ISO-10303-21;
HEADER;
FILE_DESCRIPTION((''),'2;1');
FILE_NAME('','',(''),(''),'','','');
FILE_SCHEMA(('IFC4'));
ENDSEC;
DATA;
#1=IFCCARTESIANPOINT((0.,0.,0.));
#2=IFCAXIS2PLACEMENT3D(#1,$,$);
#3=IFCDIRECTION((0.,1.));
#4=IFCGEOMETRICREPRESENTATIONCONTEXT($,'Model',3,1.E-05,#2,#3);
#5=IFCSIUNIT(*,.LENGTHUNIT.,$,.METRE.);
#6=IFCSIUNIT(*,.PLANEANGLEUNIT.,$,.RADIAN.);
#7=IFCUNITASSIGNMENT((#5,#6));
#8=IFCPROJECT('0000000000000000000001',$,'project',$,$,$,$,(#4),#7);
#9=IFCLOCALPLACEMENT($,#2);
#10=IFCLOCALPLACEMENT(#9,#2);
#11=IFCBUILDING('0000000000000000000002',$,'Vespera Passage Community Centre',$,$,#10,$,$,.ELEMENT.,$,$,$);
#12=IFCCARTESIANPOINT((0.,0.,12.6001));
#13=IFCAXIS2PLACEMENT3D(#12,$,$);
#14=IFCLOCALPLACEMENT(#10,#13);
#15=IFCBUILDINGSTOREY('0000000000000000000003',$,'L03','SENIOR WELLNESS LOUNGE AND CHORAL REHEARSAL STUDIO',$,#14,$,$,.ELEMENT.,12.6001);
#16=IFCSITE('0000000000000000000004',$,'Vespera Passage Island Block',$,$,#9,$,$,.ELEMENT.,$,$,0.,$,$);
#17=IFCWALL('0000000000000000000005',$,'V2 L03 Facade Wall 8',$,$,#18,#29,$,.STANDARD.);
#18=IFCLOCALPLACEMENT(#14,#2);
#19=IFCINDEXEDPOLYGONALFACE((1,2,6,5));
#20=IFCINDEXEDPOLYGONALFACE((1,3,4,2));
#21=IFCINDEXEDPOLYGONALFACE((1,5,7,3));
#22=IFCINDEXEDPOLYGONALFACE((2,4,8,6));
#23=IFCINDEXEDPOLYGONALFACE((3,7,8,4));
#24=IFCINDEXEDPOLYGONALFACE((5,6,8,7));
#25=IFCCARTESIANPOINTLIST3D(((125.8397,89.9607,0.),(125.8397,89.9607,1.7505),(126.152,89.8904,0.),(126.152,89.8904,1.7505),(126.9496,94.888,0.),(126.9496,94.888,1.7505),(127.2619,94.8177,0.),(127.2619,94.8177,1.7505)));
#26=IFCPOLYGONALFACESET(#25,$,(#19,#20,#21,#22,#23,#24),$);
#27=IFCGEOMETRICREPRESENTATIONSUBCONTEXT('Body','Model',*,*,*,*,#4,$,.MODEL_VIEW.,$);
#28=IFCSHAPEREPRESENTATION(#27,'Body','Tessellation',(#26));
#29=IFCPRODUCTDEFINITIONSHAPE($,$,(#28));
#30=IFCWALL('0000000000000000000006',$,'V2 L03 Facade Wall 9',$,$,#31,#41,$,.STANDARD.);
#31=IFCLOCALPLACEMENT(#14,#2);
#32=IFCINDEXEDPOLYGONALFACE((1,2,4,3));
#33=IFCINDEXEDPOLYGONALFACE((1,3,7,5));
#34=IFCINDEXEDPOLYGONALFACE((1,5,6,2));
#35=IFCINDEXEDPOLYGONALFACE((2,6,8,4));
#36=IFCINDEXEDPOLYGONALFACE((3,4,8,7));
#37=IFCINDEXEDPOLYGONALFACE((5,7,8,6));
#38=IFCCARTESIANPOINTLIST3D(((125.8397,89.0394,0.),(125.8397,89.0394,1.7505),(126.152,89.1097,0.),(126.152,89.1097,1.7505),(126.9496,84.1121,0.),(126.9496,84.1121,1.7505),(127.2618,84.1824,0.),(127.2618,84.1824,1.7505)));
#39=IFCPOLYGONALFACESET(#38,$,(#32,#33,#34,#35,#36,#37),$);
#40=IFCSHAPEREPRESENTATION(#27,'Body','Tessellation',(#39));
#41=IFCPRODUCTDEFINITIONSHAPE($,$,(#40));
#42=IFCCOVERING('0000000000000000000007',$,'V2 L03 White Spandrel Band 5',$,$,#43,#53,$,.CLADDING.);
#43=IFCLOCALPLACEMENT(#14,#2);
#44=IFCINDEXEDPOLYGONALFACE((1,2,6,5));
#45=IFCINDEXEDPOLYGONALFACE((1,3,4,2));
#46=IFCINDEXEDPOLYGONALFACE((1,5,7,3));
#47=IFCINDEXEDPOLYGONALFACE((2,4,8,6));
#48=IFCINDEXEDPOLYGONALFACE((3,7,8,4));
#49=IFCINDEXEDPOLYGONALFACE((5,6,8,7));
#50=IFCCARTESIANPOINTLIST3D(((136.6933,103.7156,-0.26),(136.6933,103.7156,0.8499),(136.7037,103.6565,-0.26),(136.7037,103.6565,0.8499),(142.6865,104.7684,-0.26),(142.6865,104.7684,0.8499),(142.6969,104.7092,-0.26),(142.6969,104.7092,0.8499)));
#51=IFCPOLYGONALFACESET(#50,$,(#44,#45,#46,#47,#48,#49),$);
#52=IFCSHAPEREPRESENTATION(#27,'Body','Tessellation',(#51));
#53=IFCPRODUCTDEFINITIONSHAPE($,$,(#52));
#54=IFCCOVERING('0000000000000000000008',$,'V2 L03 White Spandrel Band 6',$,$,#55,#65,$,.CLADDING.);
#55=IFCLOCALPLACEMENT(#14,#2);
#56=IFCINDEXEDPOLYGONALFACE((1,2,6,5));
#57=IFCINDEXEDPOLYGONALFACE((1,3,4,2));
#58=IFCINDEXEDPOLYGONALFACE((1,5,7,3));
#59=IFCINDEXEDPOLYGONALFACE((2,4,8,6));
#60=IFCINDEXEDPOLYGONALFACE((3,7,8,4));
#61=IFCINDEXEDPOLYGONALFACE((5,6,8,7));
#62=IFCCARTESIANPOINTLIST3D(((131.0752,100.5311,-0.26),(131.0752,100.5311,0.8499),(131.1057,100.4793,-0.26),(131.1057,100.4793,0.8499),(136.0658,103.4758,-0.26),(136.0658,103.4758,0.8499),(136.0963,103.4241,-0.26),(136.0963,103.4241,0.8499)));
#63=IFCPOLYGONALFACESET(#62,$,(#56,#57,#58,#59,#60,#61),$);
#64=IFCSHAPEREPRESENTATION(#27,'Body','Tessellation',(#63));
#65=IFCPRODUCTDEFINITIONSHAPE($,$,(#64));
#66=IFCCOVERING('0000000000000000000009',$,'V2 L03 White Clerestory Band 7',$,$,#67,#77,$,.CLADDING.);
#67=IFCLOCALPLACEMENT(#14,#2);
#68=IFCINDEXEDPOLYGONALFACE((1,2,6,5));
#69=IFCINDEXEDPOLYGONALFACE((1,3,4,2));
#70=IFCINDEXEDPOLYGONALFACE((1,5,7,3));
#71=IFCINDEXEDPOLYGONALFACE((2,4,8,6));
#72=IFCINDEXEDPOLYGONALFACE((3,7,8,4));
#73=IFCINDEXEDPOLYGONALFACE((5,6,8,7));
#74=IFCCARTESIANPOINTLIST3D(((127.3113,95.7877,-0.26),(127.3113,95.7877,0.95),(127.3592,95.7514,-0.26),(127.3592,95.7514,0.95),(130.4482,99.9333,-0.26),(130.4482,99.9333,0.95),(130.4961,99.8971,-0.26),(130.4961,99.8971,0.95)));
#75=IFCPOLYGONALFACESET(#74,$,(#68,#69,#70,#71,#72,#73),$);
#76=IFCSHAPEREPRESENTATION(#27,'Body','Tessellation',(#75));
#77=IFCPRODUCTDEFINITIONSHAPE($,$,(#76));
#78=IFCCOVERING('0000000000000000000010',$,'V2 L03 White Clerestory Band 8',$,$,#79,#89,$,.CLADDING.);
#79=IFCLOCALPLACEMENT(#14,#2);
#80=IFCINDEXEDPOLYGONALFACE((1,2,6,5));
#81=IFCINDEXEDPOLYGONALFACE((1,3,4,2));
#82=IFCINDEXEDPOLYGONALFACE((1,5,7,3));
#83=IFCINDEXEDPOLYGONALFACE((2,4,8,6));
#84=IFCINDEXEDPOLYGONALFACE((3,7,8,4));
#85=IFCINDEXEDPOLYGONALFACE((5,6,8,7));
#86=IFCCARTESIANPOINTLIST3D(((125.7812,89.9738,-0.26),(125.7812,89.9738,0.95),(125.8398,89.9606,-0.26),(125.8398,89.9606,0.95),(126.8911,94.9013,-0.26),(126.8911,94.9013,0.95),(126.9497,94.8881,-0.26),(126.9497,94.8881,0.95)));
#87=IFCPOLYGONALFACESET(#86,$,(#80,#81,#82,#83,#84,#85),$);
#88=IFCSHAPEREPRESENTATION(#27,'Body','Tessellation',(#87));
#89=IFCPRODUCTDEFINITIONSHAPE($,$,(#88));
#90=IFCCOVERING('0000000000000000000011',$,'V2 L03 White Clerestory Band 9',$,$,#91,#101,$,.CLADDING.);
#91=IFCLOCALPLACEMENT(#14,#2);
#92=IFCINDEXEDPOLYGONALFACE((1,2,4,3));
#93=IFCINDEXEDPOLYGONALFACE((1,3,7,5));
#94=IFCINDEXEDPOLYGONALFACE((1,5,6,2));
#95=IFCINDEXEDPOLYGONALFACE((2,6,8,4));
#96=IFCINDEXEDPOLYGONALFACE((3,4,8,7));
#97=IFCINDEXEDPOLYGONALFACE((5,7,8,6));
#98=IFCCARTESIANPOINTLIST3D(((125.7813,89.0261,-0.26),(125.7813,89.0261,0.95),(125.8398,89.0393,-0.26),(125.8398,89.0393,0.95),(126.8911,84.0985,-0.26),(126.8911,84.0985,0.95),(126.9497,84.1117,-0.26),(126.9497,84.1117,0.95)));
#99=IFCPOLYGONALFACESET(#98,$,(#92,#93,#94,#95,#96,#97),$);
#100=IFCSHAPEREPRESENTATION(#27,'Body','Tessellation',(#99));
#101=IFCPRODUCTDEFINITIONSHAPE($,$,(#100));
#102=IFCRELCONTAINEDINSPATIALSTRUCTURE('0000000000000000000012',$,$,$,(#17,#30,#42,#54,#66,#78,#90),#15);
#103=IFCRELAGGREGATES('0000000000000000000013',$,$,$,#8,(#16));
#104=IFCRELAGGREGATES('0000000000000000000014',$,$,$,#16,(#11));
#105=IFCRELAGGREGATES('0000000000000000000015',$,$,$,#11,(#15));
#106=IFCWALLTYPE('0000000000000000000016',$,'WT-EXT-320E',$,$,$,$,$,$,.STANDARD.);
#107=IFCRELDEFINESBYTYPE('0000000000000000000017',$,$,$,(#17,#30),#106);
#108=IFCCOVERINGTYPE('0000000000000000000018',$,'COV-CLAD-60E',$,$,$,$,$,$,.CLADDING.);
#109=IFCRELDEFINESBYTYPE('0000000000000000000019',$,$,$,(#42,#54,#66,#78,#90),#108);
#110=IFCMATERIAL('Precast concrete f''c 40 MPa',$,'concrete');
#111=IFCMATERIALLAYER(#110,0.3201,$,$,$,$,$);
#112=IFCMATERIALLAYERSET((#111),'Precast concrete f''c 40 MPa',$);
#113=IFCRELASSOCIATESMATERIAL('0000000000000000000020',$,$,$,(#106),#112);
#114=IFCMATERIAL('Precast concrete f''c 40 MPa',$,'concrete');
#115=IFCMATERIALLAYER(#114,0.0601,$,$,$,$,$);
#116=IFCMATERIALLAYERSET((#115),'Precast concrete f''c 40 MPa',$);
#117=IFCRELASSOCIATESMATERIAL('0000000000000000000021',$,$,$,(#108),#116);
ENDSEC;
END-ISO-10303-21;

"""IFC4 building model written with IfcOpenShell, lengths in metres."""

from ifc_helpers import new_model, si_unit, direction, frame, frame_2d, origin, place, context, subcontext, project, spatial, rectangle, extrude, material, layer, layer_set, type_object, element, save


model = new_model("IFC4")

# Units and contexts
model_context = context("Model", 3, precision=1e-05, world=origin(), true_north=direction((0.0, 1.0)))
body_context = subcontext(model_context, "Body", "Model", "MODEL_VIEW")
ifc_project = project(units=[si_unit("LENGTHUNIT", "METRE"), si_unit("PLANEANGLEUNIT", "RADIAN")], contexts=[model_context])

# Site, building, storey
site_placement = place(None, origin())
site = spatial("IfcSite", under=ifc_project, at=site_placement, Name="Vespera Passage Island Block", CompositionType="ELEMENT", RefElevation=0.0)
building_placement = place(site_placement, origin())
building = spatial("IfcBuilding", under=site, at=building_placement, Name="Vespera Passage Community Centre", CompositionType="ELEMENT")
storey_placement = place(building_placement, frame((0.0, 0.0, 12.6001)))
storey = spatial("IfcBuildingStorey", under=building, at=storey_placement, Name="L03", Description="SENIOR WELLNESS LOUNGE AND CHORAL REHEARSAL STUDIO", CompositionType="ELEMENT", Elevation=12.6001)

# Walls
ifc_material_1 = material(Name="Precast concrete f'c 40 MPa", Category="concrete")
ifc_layer_1 = layer(ifc_material_1, 0.3201)
ifc_layer_set_1 = layer_set([ifc_layer_1], Name="Precast concrete f'c 40 MPa")
wall_type_1 = type_object("IfcWallType", Name="WT-EXT-320E", PredefinedType="STANDARD", material=ifc_layer_set_1)
for number, where, z_axis, x_axis, name in (
    (1, (125.9958, 89.9255, 0.0), (0.0, 0.0, 1.0), (0.219745, 0.975557, 0.0), "V2 L03 Facade Wall 8"),
    (2, (127.1057, 84.1472, 0.0), (0.0, 0.0, 1.0), (-0.219745, 0.975557, 0.0), "V2 L03 Facade Wall 9"),
):
    element("IfcWall", number, at=place(storey_placement, frame(where, z_axis=z_axis, x_axis=x_axis)), inside=storey, type_object=wall_type_1, Name=name, PredefinedType="STANDARD", context=body_context, shape_type="SweptSolid", body=[
        extrude(rectangle(XDim=5.0508, YDim=0.3201, at=frame_2d((2.5254, 0.0))), origin(), (0.0, 0.0, 1.0), 1.7505),
    ])

# Coverings
ifc_material_2 = material(Name="Precast concrete f'c 40 MPa", Category="concrete")
ifc_layer_2 = layer(ifc_material_2, 0.0601)
ifc_layer_set_2 = layer_set([ifc_layer_2], Name="Precast concrete f'c 40 MPa")
covering_type = type_object("IfcCoveringType", Name="COV-CLAD-60E", PredefinedType="CLADDING", material=ifc_layer_set_2)
covering_1_placement = place(storey_placement, frame((136.6985, 103.686, -0.26), z_axis=(0.0, 0.0, 1.0), x_axis=(0.984921, 0.173007, 0.0)))
element("IfcCovering", 3, at=covering_1_placement, inside=storey, type_object=covering_type, Name="V2 L03 White Spandrel Band 5", PredefinedType="CLADDING", context=body_context, shape_type="SweptSolid", body=[
    extrude(rectangle(XDim=6.085, YDim=0.0601, at=frame_2d((3.0425, 0.0))), origin(), (0.0, 0.0, 1.0), 1.1099),
])
covering_2_placement = place(storey_placement, frame((131.0903, 100.5051, -0.26), z_axis=(0.0, 0.0, 1.0), x_axis=(0.861247, 0.508187, 0.0)))
element("IfcCovering", 4, at=covering_2_placement, inside=storey, type_object=covering_type, Name="V2 L03 White Spandrel Band 6", PredefinedType="CLADDING", context=body_context, shape_type="SweptSolid", body=[
    extrude(rectangle(XDim=5.7947, YDim=0.0601, at=frame_2d((2.8975, 0.0))), origin(), (0.0, 0.0, 1.0), 1.1099),
])
covering_3_placement = place(storey_placement, frame((127.3352, 95.7695, -0.26), z_axis=(0.0, 0.0, 1.0), x_axis=(0.603398, 0.79744, 0.0)))
element("IfcCovering", 5, at=covering_3_placement, inside=storey, type_object=covering_type, Name="V2 L03 White Clerestory Band 7", PredefinedType="CLADDING", context=body_context, shape_type="SweptSolid", body=[
    extrude(rectangle(XDim=5.1987, YDim=0.0601, at=frame_2d((2.5994, 0.0))), origin(), (0.0, 0.0, 1.0), 1.21),
])
for number, where, z_axis, x_axis, name in (
    (6, (125.8105, 89.9673, -0.26), (0.0, 0.0, 1.0), (0.219734, 0.97556, 0.0), "V2 L03 White Clerestory Band 8"),
    (7, (126.9204, 84.1052, -0.26), (0.0, 0.0, 1.0), (-0.219734, 0.97556, 0.0), "V2 L03 White Clerestory Band 9"),
):
    element("IfcCovering", number, at=place(storey_placement, frame(where, z_axis=z_axis, x_axis=x_axis)), inside=storey, type_object=covering_type, Name=name, PredefinedType="CLADDING", context=body_context, shape_type="SweptSolid", body=[
        extrude(rectangle(XDim=5.051, YDim=0.0601, at=frame_2d((2.5254, 0.0))), origin(), (0.0, 0.0, 1.0), 1.21),
    ])

save(model, "model.ifc")
